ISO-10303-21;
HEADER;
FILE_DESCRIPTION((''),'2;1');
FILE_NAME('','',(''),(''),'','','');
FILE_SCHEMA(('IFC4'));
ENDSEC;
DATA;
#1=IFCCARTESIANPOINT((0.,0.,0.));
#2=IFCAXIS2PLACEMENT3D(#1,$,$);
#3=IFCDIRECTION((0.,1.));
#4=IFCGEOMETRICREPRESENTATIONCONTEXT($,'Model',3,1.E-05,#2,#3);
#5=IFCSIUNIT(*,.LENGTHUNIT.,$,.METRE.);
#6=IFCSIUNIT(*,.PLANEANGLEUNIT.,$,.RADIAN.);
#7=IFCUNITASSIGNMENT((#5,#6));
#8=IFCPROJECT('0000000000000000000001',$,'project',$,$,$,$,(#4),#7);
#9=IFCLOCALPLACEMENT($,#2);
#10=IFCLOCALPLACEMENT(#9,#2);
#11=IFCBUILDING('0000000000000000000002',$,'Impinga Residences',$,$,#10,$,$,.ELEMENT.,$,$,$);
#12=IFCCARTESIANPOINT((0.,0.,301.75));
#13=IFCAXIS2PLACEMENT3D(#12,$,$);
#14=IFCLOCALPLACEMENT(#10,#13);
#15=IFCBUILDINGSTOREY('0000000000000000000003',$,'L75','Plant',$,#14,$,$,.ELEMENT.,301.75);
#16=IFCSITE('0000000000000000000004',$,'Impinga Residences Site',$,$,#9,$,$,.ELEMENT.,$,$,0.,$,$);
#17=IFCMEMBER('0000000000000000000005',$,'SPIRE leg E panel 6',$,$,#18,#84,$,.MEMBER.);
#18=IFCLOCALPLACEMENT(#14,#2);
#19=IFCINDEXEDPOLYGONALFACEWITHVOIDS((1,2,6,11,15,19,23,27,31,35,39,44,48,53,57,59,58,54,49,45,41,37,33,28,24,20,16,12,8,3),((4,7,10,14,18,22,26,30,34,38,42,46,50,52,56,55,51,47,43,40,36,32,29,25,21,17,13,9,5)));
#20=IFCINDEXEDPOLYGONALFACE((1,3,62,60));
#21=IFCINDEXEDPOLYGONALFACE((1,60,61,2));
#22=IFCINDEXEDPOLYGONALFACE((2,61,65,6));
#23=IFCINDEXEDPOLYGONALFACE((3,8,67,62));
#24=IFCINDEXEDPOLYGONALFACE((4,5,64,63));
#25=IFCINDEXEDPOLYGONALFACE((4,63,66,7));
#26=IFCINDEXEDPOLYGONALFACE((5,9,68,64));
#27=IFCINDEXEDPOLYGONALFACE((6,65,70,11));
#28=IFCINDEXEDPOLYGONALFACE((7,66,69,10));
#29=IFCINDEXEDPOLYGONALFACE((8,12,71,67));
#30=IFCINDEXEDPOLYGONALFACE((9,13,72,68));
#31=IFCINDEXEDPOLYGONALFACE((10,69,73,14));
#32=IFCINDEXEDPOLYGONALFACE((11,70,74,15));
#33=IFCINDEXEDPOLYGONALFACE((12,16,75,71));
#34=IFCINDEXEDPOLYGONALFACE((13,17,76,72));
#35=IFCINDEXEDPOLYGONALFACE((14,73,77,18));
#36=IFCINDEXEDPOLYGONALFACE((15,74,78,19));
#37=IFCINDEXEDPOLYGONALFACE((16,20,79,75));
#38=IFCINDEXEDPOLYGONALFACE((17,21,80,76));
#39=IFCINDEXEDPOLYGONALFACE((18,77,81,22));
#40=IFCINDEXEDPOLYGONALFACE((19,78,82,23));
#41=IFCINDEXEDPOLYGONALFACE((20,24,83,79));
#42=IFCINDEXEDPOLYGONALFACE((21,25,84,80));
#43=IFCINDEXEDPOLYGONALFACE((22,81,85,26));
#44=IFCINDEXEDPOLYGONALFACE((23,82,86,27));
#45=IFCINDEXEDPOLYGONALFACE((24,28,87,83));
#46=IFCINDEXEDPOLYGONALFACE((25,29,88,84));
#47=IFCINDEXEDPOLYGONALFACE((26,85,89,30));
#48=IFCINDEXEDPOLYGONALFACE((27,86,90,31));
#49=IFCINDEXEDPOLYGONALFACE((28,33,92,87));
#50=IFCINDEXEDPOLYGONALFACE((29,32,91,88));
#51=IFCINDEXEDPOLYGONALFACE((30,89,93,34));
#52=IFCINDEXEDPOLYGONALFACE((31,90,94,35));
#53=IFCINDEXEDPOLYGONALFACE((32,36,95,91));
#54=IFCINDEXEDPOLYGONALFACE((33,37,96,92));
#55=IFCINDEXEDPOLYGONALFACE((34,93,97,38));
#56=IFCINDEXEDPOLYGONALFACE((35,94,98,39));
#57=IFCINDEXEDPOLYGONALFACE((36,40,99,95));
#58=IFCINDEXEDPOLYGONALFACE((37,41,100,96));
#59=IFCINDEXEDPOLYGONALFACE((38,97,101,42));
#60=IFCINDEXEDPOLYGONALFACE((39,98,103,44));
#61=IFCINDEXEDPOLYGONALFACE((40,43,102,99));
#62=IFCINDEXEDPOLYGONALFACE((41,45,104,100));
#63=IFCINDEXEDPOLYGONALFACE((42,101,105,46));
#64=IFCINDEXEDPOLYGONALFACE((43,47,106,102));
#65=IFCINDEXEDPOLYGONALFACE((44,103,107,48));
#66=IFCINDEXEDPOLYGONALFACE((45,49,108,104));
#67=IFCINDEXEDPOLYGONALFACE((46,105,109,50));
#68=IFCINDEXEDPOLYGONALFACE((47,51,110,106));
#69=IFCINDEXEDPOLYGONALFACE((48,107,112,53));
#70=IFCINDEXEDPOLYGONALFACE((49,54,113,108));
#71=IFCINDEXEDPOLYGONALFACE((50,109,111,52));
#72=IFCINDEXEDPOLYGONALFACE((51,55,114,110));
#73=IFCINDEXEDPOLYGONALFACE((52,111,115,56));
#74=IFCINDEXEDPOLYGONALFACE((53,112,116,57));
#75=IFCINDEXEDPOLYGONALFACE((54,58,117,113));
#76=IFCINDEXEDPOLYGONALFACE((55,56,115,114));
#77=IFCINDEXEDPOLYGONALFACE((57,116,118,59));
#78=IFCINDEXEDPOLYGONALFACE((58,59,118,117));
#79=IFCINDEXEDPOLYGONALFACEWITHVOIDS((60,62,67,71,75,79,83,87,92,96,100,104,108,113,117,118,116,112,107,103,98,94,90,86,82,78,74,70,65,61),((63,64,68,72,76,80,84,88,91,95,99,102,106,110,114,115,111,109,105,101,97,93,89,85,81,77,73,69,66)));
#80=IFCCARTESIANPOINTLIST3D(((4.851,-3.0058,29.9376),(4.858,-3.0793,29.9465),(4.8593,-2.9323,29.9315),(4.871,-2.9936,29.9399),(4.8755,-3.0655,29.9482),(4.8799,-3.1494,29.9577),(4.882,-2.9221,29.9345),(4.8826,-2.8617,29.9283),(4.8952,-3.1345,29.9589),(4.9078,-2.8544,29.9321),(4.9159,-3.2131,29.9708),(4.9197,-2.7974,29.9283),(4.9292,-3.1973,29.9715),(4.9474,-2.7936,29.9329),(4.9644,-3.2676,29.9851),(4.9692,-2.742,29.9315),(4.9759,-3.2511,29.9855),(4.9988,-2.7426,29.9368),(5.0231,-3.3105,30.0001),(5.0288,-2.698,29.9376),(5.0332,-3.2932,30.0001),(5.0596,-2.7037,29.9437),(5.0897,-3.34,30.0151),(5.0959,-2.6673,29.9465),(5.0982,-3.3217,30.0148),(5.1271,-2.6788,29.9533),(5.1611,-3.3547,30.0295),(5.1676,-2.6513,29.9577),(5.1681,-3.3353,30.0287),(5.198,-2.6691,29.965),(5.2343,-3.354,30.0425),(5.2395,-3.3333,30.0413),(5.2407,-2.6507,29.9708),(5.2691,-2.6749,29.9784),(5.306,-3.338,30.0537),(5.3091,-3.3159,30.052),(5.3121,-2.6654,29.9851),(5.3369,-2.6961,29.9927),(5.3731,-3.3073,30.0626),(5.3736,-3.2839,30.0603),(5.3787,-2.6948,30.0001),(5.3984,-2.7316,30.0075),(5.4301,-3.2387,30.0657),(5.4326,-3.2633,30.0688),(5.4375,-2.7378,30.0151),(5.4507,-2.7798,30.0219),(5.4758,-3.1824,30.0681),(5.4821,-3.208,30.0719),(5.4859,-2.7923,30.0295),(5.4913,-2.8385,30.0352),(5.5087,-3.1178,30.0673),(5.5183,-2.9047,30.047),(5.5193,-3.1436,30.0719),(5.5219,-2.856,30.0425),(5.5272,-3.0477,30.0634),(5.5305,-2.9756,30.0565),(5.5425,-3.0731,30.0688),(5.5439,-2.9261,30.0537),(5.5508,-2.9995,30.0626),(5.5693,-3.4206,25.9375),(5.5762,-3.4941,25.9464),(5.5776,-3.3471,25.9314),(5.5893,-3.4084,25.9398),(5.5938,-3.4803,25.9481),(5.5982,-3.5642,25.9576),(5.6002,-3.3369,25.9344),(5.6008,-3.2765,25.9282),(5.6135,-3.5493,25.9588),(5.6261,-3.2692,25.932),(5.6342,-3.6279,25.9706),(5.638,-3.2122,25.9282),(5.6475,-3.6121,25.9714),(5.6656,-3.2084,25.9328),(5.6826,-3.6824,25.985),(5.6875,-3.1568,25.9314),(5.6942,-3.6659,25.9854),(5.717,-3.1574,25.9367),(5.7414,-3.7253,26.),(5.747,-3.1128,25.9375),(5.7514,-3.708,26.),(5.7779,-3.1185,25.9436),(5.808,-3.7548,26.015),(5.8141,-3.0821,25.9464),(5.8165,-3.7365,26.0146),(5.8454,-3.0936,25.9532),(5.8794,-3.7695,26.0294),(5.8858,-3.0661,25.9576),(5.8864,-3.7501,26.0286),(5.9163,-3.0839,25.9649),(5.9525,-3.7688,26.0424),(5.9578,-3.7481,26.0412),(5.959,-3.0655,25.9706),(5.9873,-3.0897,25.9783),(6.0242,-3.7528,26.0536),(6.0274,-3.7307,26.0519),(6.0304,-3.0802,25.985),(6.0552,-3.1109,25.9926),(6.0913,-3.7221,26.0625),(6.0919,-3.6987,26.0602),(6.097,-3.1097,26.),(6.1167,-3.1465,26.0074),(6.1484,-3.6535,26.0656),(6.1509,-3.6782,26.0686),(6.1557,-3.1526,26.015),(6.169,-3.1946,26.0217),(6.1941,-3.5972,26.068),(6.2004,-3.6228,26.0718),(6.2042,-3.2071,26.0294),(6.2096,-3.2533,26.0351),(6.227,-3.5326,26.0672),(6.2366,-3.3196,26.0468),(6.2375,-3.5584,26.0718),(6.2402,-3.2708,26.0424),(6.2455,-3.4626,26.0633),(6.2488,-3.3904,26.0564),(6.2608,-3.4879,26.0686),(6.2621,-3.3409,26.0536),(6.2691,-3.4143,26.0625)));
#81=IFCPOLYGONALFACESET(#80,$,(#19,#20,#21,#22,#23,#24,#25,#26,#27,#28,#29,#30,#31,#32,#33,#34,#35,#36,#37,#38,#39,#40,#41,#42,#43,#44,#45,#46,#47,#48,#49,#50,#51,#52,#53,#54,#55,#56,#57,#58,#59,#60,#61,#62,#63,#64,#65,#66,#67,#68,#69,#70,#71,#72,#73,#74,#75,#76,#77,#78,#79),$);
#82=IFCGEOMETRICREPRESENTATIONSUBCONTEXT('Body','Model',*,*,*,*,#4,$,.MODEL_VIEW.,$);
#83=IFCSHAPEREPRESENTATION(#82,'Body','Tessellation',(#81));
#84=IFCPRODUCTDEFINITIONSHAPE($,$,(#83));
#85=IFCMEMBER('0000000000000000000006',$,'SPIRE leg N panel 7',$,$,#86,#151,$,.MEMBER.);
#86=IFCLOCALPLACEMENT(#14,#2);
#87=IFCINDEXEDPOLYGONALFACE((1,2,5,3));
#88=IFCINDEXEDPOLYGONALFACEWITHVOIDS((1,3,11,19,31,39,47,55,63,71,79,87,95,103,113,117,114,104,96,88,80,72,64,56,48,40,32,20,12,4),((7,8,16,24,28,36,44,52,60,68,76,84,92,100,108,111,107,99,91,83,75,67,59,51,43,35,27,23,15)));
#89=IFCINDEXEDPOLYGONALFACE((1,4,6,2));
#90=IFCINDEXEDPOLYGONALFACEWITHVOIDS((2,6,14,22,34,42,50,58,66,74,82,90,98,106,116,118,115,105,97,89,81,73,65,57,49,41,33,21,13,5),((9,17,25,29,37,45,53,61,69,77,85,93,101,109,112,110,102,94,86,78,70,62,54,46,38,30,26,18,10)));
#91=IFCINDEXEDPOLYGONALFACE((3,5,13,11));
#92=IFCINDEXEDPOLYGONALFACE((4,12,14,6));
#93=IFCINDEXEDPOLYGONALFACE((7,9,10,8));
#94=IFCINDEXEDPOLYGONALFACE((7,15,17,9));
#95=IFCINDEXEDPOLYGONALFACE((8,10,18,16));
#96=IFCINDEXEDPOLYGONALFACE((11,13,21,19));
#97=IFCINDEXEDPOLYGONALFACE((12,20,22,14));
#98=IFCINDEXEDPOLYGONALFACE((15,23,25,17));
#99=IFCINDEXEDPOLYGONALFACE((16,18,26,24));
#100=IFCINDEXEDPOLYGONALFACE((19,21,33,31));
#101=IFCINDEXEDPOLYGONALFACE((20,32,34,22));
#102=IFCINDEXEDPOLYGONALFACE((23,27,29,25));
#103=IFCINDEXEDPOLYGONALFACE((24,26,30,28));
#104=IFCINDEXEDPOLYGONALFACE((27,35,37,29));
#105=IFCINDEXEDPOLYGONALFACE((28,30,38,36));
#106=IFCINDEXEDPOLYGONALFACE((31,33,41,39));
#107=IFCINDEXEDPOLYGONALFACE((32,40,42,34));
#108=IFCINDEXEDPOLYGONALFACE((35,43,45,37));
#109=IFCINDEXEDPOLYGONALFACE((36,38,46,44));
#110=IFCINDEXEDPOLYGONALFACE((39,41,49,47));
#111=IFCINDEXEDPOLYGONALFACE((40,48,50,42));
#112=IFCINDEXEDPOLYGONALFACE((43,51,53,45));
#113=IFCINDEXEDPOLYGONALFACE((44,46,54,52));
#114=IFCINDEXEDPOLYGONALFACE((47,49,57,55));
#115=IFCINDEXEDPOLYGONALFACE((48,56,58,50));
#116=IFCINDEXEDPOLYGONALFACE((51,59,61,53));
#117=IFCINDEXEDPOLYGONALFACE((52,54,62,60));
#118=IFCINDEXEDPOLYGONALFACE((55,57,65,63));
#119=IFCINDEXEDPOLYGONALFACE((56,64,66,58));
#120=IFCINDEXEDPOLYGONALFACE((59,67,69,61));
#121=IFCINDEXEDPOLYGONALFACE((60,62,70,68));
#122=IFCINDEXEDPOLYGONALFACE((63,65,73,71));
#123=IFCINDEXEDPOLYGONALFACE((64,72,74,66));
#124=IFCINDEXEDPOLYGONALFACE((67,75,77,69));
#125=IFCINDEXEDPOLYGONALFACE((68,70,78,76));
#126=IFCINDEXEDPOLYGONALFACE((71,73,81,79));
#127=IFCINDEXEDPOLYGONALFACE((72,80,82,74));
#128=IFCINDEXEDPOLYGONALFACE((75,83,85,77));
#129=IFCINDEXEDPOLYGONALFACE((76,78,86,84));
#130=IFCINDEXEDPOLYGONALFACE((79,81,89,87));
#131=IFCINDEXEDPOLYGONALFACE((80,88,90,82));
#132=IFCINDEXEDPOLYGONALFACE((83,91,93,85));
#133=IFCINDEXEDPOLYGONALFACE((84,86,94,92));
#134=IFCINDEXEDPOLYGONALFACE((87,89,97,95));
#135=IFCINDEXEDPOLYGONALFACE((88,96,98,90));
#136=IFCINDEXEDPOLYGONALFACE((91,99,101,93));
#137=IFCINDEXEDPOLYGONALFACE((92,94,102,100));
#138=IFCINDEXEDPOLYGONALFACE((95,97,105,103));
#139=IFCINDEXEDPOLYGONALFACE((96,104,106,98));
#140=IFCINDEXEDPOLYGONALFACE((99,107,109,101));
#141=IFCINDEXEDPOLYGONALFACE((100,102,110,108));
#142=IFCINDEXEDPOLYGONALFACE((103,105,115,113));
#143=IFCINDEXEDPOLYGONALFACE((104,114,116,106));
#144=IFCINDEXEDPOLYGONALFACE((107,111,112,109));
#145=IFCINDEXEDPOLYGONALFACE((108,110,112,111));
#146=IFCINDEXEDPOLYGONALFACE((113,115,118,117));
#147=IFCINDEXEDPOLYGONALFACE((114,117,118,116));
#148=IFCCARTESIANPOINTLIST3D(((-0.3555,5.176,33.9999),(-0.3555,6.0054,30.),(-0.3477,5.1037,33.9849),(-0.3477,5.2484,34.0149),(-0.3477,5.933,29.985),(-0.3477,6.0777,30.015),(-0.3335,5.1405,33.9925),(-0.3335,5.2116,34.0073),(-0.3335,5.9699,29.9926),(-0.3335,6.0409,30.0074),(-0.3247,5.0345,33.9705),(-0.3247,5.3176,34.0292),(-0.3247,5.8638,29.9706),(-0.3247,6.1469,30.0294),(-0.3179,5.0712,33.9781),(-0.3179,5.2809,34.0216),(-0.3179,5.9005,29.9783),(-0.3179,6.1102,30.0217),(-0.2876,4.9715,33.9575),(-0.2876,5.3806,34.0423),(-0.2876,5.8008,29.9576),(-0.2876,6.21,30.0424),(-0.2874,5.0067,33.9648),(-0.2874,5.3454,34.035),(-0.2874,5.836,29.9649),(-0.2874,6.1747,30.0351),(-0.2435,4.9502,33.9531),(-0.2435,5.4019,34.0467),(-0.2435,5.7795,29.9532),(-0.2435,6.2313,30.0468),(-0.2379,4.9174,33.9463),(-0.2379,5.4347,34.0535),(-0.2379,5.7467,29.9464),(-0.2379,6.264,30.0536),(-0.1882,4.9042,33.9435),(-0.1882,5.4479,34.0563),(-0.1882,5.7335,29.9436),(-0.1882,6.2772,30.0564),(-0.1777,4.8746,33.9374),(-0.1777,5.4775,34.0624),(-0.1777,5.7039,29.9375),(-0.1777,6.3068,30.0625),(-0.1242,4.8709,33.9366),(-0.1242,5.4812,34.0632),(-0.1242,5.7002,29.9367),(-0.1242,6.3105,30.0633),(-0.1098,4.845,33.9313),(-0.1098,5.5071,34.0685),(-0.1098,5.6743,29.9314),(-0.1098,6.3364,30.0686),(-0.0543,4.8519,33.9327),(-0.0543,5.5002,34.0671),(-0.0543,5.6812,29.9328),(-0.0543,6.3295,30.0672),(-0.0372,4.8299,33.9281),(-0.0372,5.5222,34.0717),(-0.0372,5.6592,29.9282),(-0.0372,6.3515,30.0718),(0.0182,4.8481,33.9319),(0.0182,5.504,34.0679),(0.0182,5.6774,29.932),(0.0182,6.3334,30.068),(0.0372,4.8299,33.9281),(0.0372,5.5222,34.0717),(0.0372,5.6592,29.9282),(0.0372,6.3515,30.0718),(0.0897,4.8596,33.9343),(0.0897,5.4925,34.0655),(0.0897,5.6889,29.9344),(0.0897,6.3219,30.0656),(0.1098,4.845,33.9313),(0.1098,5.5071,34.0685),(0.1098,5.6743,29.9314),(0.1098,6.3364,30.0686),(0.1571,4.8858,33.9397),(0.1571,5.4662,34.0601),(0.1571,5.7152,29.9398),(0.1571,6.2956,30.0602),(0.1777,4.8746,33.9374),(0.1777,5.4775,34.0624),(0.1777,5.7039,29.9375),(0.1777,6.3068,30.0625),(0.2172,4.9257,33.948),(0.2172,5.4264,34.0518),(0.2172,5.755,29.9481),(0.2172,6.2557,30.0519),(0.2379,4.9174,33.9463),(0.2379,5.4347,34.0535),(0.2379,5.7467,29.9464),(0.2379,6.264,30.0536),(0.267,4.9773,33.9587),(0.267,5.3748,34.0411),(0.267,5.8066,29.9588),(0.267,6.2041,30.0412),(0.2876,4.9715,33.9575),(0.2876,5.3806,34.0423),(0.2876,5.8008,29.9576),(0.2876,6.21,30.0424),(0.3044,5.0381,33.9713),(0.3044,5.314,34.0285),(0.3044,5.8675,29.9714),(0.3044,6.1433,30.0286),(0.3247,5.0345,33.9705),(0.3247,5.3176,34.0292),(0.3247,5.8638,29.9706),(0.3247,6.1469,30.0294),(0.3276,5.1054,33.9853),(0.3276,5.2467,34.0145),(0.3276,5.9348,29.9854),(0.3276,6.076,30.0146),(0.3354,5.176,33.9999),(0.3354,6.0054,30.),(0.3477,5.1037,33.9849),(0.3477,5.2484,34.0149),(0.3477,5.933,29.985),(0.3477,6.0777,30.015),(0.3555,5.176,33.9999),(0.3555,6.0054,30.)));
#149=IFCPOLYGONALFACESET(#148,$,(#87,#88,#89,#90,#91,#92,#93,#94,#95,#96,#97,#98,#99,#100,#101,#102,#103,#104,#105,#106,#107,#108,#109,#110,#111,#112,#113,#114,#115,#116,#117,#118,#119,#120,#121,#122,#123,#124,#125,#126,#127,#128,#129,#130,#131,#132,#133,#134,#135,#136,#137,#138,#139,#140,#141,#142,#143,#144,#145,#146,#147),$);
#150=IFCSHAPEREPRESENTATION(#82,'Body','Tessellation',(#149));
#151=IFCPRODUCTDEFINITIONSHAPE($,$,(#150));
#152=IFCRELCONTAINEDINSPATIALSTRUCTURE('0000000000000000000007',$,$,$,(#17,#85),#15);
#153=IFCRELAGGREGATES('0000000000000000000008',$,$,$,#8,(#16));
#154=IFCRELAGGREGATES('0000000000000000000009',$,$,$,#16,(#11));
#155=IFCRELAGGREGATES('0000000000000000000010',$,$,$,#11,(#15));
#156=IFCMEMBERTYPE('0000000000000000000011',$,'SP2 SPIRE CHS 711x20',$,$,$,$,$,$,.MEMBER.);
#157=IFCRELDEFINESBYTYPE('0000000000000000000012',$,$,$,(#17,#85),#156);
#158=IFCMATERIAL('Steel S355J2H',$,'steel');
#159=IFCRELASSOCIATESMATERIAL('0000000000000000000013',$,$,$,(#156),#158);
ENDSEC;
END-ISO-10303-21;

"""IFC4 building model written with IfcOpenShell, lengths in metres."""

from ifc_helpers import new_model, si_unit, direction, frame, origin, origin_2d, place, context, subcontext, project, spatial, hollow_circle, extrude, material, material_profile, profile_set, type_object, element, save


model = new_model("IFC4")

# Units and contexts
model_context = context("Model", 3, precision=1e-05, world=origin(), true_north=direction((0.0, 1.0)))
body_context = subcontext(model_context, "Body", "Model", "MODEL_VIEW")
ifc_project = project(units=[si_unit("LENGTHUNIT", "METRE"), si_unit("PLANEANGLEUNIT", "RADIAN")], contexts=[model_context])

# Site, building, storey
site_placement = place(None, origin())
site = spatial("IfcSite", under=ifc_project, at=site_placement, Name="Impinga Residences Site", CompositionType="ELEMENT", RefElevation=0.0)
building_placement = place(site_placement, origin())
building = spatial("IfcBuilding", under=site, at=building_placement, Name="Impinga Residences", CompositionType="ELEMENT")
storey_placement = place(building_placement, frame((0.0, 0.0, 301.75)))
storey = spatial("IfcBuildingStorey", under=building, at=storey_placement, Name="L75", Description="Plant", CompositionType="ELEMENT", Elevation=301.75)

# Members
ifc_material = material(Name="Steel S355J2H", Category="steel")
ifc_material_profile_1 = material_profile(ifc_material, hollow_circle(Radius=0.3555, WallThickness=0.02, at=origin_2d()), Name="CHS 711x20")
ifc_profile_set_1 = profile_set([ifc_material_profile_1], Name="Steel S355J2H")
member_type_1 = type_object("IfcMemberType", Name="SP2 SPIRE CHS 711x20", PredefinedType="MEMBER", material=ifc_profile_set_1)
for number, where, z_axis, x_axis, name in (
    (1, (5.9192, -3.4175, 26.0), (-0.175825, 0.101539, 0.979171), (-0.500096, -0.86597, 0.0), "SPIRE leg E panel 6"),
):
    element("IfcMember", number, at=place(storey_placement, frame(where, z_axis=z_axis, x_axis=x_axis)), inside=storey, type_object=member_type_1, Name=name, PredefinedType="MEMBER", context=body_context, shape_type="SweptSolid", body=[
        extrude(hollow_circle(Radius=0.3555, WallThickness=0.02, at=origin_2d()), origin(), (0.0, 0.0, 1.0), 4.0852),
    ])
for number, where, z_axis, x_axis, name in (
    (2, (0.0, 6.0054, 30.0), (0.0, -0.203019, 0.979175), (1.0, 0.0, 0.0), "SPIRE leg N panel 7"),
):
    element("IfcMember", number, at=place(storey_placement, frame(where, z_axis=z_axis, x_axis=x_axis)), inside=storey, type_object=member_type_1, Name=name, PredefinedType="MEMBER", context=body_context, shape_type="SweptSolid", body=[
        extrude(hollow_circle(Radius=0.3555, WallThickness=0.02, at=origin_2d()), origin(), (0.0, 0.0, 1.0), 4.085),
    ])

save(model, "model.ifc")
